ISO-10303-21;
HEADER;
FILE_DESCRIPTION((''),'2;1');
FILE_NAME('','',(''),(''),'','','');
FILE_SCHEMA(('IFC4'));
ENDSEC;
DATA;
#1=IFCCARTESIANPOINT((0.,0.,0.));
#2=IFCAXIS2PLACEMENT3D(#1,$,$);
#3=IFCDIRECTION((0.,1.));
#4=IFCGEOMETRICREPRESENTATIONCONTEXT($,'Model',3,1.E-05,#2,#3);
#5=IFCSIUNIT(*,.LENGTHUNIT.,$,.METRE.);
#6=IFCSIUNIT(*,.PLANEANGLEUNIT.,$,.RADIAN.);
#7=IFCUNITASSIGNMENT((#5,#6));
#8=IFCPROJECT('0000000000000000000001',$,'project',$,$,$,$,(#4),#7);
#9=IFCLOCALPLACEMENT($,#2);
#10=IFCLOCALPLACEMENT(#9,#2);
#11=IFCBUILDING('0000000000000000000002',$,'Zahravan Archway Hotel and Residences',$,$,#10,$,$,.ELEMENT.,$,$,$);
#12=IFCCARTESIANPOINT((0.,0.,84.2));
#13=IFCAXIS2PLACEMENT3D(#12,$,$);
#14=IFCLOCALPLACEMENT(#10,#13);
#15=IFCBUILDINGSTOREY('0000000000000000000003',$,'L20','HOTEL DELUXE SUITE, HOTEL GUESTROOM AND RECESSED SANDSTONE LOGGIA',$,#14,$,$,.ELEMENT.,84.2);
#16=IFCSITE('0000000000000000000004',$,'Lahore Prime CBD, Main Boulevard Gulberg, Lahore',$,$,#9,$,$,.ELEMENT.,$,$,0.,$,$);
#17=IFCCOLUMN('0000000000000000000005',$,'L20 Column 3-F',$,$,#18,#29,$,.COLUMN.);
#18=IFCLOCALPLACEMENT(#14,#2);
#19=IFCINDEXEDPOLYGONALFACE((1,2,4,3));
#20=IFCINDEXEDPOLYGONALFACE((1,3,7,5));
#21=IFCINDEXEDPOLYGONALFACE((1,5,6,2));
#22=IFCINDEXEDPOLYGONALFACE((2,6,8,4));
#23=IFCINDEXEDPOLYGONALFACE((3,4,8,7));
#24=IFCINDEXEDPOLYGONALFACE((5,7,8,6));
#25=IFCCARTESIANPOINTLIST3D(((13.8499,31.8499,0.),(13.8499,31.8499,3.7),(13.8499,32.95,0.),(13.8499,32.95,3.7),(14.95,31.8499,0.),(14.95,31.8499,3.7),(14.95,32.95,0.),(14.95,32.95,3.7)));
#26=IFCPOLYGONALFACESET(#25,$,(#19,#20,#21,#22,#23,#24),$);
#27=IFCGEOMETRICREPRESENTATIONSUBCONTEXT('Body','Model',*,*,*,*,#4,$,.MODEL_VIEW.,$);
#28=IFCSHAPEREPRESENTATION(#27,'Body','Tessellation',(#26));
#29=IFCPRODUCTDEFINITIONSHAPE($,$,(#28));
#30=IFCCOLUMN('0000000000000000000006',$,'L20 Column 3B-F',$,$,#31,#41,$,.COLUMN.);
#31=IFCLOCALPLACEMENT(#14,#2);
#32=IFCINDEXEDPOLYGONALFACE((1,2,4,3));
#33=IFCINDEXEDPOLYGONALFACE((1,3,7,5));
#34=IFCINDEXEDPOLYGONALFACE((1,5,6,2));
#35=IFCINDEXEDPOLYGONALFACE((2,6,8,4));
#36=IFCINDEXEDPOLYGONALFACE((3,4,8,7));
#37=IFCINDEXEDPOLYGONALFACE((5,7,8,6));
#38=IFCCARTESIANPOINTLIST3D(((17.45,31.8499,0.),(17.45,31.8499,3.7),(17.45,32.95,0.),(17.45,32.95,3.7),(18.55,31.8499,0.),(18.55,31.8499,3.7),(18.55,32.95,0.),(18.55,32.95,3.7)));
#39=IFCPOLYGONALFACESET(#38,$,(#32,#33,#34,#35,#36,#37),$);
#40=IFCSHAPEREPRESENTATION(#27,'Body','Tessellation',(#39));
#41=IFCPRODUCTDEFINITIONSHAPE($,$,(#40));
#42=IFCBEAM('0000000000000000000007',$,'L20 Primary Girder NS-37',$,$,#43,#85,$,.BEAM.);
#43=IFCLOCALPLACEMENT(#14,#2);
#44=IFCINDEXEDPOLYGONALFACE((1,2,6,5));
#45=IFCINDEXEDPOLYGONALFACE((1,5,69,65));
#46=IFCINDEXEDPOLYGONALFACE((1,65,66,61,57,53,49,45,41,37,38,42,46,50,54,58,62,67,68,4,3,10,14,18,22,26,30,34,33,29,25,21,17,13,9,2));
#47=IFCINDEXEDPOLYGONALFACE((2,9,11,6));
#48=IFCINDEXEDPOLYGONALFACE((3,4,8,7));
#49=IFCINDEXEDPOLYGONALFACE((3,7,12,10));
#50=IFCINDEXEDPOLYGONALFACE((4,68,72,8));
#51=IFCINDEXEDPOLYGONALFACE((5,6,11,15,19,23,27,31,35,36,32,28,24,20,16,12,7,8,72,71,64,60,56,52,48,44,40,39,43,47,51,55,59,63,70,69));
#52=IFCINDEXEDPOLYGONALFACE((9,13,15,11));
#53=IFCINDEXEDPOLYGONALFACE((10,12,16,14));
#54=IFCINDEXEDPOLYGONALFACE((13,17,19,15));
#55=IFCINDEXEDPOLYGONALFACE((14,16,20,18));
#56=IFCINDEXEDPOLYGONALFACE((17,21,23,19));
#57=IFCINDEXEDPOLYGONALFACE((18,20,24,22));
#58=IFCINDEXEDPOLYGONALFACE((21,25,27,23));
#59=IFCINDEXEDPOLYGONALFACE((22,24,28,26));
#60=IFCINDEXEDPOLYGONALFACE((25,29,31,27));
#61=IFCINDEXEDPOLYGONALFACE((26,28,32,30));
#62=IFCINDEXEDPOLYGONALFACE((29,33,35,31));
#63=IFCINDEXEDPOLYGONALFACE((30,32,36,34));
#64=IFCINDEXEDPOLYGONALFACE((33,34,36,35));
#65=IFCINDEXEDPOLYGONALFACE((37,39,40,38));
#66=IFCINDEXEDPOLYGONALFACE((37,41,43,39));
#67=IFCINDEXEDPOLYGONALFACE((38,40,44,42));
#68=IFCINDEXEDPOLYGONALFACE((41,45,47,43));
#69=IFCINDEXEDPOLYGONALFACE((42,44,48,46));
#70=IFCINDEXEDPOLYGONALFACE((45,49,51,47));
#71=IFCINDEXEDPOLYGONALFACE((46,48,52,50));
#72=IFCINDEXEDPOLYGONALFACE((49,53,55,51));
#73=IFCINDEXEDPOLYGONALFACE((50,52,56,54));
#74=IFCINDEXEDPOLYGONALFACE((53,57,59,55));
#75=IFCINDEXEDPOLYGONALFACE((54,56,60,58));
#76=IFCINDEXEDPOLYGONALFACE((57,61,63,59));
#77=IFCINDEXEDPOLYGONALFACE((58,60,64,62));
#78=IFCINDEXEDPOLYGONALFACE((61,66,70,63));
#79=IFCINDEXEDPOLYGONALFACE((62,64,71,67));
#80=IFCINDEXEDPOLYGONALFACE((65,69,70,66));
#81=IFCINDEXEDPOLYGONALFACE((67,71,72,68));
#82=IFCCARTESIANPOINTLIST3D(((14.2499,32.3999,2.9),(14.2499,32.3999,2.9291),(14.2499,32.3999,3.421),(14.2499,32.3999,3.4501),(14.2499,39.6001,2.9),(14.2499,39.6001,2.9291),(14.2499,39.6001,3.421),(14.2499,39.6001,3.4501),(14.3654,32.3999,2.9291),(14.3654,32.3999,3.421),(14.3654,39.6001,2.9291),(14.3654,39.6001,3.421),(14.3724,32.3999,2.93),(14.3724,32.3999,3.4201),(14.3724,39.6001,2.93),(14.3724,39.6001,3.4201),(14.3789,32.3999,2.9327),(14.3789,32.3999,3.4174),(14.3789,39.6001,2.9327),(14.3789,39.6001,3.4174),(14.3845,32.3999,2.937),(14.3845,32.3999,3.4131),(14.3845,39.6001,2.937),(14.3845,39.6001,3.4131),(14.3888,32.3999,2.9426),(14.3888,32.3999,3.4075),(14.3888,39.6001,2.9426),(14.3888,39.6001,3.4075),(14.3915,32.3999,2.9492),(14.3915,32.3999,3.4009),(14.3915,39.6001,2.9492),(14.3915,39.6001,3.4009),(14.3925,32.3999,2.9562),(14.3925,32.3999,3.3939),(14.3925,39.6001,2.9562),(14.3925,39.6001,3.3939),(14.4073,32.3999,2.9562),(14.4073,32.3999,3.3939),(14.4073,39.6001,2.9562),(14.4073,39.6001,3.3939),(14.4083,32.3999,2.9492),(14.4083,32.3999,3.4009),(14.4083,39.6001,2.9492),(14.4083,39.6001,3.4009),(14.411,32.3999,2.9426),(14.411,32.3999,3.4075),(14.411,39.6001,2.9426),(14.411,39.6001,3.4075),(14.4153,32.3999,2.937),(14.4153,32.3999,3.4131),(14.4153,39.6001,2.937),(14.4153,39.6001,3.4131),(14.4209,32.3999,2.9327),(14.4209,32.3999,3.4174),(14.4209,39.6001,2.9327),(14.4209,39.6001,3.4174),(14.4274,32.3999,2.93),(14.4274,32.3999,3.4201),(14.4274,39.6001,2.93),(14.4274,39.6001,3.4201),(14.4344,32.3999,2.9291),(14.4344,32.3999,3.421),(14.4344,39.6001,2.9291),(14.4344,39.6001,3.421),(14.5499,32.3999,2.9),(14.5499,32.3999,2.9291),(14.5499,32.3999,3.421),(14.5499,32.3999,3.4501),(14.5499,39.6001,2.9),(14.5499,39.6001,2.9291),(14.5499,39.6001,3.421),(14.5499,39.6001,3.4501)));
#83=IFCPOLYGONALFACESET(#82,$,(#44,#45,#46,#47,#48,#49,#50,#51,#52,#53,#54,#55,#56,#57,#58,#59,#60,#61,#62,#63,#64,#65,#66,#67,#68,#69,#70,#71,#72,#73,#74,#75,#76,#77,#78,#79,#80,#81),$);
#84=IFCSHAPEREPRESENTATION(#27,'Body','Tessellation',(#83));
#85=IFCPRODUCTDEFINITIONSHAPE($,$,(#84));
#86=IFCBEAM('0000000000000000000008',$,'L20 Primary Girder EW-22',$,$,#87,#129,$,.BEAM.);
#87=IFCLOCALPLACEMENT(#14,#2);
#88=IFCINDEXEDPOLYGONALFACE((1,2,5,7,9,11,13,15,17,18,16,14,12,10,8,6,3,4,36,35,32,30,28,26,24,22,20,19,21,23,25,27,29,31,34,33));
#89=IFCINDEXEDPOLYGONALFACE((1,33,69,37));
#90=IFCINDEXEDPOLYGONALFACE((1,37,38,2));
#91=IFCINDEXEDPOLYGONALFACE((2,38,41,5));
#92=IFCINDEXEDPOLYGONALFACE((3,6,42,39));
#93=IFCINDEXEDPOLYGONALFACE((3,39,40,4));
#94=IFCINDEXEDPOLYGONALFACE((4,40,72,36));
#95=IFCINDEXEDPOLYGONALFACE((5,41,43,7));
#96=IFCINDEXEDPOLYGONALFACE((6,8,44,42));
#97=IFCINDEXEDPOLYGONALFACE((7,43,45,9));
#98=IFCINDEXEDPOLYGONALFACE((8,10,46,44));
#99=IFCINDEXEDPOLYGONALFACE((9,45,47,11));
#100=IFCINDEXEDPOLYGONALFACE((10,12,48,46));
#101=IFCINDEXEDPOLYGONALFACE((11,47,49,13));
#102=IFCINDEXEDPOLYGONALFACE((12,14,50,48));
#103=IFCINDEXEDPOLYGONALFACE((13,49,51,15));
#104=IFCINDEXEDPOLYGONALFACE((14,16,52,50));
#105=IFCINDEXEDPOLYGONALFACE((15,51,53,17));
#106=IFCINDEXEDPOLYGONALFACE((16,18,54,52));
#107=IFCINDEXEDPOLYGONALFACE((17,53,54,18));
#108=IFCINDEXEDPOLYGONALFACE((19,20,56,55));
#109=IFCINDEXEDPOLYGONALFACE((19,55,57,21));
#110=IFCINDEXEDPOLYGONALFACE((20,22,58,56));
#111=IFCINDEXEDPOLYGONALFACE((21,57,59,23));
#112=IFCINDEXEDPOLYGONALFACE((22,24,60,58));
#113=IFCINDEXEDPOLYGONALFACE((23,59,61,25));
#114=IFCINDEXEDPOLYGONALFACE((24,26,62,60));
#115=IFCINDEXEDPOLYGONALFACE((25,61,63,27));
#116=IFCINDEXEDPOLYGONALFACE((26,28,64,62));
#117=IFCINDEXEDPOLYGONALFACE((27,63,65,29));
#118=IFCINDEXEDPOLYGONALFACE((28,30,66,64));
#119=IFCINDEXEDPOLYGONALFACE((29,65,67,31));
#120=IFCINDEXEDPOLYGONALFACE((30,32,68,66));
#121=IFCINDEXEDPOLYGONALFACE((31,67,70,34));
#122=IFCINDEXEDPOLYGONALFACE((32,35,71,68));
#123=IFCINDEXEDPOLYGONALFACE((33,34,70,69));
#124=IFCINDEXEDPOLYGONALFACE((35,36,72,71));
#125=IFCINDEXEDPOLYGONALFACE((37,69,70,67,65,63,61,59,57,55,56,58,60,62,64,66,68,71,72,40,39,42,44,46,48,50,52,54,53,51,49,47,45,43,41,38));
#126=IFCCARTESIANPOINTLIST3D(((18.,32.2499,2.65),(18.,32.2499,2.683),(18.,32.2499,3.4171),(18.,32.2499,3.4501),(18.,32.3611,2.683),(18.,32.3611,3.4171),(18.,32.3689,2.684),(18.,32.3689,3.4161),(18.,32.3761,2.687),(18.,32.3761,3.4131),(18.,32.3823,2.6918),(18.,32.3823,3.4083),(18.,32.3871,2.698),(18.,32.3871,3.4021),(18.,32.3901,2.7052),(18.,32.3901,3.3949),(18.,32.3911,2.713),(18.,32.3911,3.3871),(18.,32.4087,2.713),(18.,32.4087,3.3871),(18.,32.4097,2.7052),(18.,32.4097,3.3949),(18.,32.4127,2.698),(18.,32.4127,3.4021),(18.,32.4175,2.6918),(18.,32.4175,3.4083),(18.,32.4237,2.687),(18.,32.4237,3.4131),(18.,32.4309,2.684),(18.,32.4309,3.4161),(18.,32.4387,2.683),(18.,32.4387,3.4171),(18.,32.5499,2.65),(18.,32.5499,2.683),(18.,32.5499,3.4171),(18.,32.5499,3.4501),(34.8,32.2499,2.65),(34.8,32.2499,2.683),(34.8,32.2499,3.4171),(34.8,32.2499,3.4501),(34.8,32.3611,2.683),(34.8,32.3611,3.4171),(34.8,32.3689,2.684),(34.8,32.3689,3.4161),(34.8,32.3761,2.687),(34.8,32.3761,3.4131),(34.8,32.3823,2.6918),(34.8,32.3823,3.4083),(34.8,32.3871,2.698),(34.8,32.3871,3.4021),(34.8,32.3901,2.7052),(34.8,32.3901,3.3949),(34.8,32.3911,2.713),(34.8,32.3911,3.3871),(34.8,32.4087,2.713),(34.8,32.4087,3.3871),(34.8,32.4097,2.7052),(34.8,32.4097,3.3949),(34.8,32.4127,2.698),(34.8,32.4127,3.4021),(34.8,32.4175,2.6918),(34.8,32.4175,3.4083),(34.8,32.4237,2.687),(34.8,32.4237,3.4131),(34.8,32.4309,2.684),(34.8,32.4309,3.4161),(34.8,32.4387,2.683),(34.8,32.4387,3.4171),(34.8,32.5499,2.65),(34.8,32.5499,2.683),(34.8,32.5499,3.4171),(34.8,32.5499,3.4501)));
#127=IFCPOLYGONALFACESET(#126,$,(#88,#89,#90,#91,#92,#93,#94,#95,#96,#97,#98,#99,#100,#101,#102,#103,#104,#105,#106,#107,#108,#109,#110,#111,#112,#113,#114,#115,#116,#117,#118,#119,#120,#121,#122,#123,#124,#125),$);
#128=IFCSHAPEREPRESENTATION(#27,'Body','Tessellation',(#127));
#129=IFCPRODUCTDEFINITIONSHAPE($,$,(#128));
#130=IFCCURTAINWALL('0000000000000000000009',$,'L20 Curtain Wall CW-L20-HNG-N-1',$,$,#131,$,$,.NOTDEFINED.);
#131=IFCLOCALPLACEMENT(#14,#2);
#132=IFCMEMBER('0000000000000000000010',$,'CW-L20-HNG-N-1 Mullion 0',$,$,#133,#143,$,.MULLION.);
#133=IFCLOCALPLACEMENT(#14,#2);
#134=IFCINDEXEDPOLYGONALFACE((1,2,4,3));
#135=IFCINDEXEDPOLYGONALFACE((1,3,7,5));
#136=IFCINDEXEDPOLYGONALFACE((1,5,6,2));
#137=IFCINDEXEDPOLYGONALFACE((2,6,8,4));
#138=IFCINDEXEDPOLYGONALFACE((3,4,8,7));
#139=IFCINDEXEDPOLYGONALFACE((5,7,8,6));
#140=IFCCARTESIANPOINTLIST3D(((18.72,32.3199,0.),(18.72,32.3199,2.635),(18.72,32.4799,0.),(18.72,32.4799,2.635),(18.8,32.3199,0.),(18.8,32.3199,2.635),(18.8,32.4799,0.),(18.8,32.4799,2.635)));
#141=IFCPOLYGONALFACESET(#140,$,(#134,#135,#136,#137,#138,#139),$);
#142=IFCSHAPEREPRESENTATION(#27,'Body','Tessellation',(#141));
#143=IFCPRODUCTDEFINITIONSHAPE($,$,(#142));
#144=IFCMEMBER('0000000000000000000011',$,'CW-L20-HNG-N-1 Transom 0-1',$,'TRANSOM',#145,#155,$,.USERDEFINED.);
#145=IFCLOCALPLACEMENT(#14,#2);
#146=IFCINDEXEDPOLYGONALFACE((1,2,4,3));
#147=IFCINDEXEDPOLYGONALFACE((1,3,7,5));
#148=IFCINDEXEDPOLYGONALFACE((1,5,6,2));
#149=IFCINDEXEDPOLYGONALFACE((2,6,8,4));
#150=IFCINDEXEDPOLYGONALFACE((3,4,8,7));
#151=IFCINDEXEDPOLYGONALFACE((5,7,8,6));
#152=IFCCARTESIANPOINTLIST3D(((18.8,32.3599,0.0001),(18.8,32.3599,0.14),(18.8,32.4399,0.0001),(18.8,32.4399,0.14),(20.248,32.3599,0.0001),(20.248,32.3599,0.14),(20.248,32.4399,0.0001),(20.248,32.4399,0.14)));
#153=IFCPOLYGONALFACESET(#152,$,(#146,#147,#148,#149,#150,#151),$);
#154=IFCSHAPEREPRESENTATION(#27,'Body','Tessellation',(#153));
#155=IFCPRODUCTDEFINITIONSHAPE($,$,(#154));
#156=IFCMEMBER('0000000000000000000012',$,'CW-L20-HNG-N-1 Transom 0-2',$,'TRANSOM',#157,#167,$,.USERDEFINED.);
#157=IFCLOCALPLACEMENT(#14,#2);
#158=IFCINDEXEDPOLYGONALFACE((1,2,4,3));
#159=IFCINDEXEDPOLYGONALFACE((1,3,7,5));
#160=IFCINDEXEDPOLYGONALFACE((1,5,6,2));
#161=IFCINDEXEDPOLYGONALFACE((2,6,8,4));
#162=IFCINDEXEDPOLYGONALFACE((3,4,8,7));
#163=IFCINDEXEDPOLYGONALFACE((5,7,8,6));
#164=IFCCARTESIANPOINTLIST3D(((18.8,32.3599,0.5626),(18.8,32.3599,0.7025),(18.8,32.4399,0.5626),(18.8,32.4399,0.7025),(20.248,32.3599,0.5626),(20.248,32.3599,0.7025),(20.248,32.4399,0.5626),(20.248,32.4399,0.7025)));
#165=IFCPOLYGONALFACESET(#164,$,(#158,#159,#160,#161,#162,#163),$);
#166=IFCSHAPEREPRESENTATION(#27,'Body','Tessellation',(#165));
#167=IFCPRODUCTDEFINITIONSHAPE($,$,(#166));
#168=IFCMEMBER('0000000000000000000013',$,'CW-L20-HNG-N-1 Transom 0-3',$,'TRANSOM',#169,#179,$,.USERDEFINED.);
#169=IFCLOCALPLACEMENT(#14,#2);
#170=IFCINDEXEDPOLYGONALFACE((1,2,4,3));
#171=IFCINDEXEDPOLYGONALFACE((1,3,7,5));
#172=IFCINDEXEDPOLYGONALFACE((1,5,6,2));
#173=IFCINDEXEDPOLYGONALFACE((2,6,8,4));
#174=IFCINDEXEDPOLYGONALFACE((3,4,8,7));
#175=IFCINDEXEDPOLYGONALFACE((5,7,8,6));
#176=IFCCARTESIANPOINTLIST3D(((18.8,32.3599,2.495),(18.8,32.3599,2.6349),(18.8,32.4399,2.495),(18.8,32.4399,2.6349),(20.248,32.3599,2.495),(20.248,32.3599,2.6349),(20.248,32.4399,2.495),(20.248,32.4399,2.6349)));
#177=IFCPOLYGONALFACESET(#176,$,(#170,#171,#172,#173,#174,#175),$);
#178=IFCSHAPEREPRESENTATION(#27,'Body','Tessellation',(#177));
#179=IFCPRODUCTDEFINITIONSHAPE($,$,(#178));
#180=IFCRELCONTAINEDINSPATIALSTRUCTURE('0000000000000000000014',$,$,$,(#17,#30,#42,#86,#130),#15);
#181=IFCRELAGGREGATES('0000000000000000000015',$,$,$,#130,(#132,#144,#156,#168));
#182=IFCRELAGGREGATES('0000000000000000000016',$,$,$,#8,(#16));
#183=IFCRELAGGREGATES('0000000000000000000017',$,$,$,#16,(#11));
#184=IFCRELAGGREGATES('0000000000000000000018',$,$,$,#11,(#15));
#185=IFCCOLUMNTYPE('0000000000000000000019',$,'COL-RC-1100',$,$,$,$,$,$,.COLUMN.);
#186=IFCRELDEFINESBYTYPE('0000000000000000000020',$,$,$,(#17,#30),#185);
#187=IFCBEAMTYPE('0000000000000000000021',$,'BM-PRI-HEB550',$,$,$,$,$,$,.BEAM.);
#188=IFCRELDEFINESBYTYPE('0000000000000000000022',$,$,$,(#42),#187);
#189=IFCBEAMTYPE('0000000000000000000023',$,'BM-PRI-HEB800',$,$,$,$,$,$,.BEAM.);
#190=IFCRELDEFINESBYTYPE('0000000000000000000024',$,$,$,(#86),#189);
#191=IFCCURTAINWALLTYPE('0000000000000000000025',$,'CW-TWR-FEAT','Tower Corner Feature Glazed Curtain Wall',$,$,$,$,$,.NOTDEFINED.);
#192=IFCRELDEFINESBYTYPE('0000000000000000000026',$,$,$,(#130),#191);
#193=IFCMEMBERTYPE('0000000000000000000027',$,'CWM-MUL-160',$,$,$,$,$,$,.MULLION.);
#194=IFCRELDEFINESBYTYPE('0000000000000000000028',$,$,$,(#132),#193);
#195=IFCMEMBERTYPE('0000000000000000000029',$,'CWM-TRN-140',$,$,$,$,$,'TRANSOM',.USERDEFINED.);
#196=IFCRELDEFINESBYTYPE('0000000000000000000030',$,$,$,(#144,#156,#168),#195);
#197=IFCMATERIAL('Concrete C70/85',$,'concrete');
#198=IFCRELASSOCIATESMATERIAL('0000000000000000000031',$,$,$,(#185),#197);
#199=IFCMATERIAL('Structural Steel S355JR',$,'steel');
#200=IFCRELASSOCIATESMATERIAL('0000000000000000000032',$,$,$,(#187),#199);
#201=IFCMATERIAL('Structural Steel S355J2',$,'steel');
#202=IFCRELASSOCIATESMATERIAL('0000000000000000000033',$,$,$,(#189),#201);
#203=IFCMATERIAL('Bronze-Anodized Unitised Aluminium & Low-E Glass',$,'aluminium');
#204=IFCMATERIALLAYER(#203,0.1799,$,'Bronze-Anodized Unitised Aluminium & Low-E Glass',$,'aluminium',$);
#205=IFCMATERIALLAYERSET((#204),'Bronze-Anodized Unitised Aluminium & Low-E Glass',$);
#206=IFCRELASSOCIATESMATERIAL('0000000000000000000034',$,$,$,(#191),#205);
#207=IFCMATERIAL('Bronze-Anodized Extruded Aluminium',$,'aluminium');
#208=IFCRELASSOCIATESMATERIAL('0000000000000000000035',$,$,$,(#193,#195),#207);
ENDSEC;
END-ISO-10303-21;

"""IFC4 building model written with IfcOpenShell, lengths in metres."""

from ifc_helpers import new_model, si_unit, direction, frame, origin, origin_2d, place, context, subcontext, project, spatial, rectangle, i_section, extrude, source, transform, mapped, material, layer, layer_set, material_profile, profile_set, type_object, type_shapes, element, aggregate, save


model = new_model("IFC4")

# Units and contexts
model_context = context("Model", 3, precision=1e-05, world=origin(), true_north=direction((0.0, 1.0)))
body_context = subcontext(model_context, "Body", "Model", "MODEL_VIEW")
ifc_project = project(units=[si_unit("LENGTHUNIT", "METRE"), si_unit("PLANEANGLEUNIT", "RADIAN")], contexts=[model_context])

# Site, building, storey
site_placement = place(None, origin())
site = spatial("IfcSite", under=ifc_project, at=site_placement, Name="Lahore Prime CBD, Main Boulevard Gulberg, Lahore", CompositionType="ELEMENT", RefElevation=0.0)
building_placement = place(site_placement, origin())
building = spatial("IfcBuilding", under=site, at=building_placement, Name="Zahravan Archway Hotel and Residences", CompositionType="ELEMENT")
storey_placement = place(building_placement, frame((0.0, 0.0, 84.2)))
storey = spatial("IfcBuildingStorey", under=building, at=storey_placement, Name="L20", Description="HOTEL DELUXE SUITE, HOTEL GUESTROOM AND RECESSED SANDSTONE LOGGIA", CompositionType="ELEMENT", Elevation=84.2)

# Columns
ifc_material_1 = material(Name="Concrete C70/85", Category="concrete")
ifc_material_profile_1 = material_profile(ifc_material_1, rectangle(XDim=1.1001, YDim=1.1001, at=origin_2d()), Name="RC 1100x1100", Category="concrete")
ifc_profile_set_1 = profile_set([ifc_material_profile_1], Name="Concrete C70/85")
column_type = type_object("IfcColumnType", Name="COL-RC-1100", PredefinedType="COLUMN", material=ifc_profile_set_1)
shared_shape_1 = source(origin(), body_context, "Body", "SweptSolid", [
    extrude(rectangle(XDim=1.1001, YDim=1.1001, at=origin_2d()), origin(), (0.0, 0.0, 1.0), 3.7),
])
for number, where, z_axis, x_axis, name in (
    (1, (14.3999, 32.3999, 0.0), (0.0, 0.0, 1.0), (1.0, 0.0, 0.0), "L20 Column 3-F"),
    (2, (18.0, 32.3999, 0.0), (0.0, 0.0, 1.0), (1.0, 0.0, 0.0), "L20 Column 3B-F"),
):
    element("IfcColumn", number, at=place(storey_placement, frame(where, z_axis=z_axis, x_axis=x_axis)), inside=storey, type_object=column_type, Name=name, PredefinedType="COLUMN", context=body_context, shape_type="MappedRepresentation", body=[
        mapped(shared_shape_1, transform((0.0, 0.0, 0.0), scale=1.0)),
    ])

# Beams
ifc_material_2 = material(Name="Structural Steel S355JR", Category="steel")
ifc_material_profile_2 = material_profile(ifc_material_2, i_section(OverallWidth=0.3, OverallDepth=0.55, WebThickness=0.0149, FlangeThickness=0.0291, FilletRadius=0.0271, at=origin_2d()), Name="HEB 550", Category="steel")
ifc_profile_set_2 = profile_set([ifc_material_profile_2], Name="Structural Steel S355JR")
beam_type_1 = type_object("IfcBeamType", Name="BM-PRI-HEB550", PredefinedType="BEAM", material=ifc_profile_set_2)
shared_shape_2 = source(origin(), body_context, "Body", "SweptSolid", [
    extrude(i_section(OverallWidth=0.3, OverallDepth=0.55, WebThickness=0.0149, FlangeThickness=0.0291, FilletRadius=0.0271, at=origin_2d()), origin(), (0.0, 0.0, 1.0), 7.2002),
])
type_shapes(beam_type_1, [shared_shape_2])
beam_1_placement = place(storey_placement, frame((14.3999, 32.3999, 3.175), z_axis=(0.0, 1.0, 0.0), x_axis=(-1.0, 0.0, 0.0)))
element("IfcBeam", 3, at=beam_1_placement, inside=storey, type_object=beam_type_1, Name="L20 Primary Girder NS-37", PredefinedType="BEAM", context=body_context, shape_type="MappedRepresentation", body=[
    mapped(shared_shape_2, transform((0.0, 0.0, 0.0), scale=1.0)),
])
ifc_material_3 = material(Name="Structural Steel S355J2", Category="steel")
ifc_material_profile_3 = material_profile(ifc_material_3, i_section(OverallWidth=0.3, OverallDepth=0.8, WebThickness=0.0176, FlangeThickness=0.033, FilletRadius=0.03, at=origin_2d()), Name="HEB 800", Category="steel")
ifc_profile_set_3 = profile_set([ifc_material_profile_3], Name="Structural Steel S355J2")
beam_type_2 = type_object("IfcBeamType", Name="BM-PRI-HEB800", PredefinedType="BEAM", material=ifc_profile_set_3)
shared_shape_3 = source(origin(), body_context, "Body", "SweptSolid", [
    extrude(i_section(OverallWidth=0.3, OverallDepth=0.8, WebThickness=0.0176, FlangeThickness=0.033, FilletRadius=0.03, at=origin_2d()), origin(), (0.0, 0.0, 1.0), 16.8),
])
type_shapes(beam_type_2, [shared_shape_3])
beam_2_placement = place(storey_placement, frame((18.0, 32.3999, 3.05), z_axis=(1.0, 0.0, 0.0), x_axis=(0.0, 1.0, 0.0)))
element("IfcBeam", 4, at=beam_2_placement, inside=storey, type_object=beam_type_2, Name="L20 Primary Girder EW-22", PredefinedType="BEAM", context=body_context, shape_type="MappedRepresentation", body=[
    mapped(shared_shape_3, transform((0.0, 0.0, 0.0), scale=1.0)),
])

# Curtain wall, members
ifc_material_4 = material(Name="Bronze-Anodized Unitised Aluminium & Low-E Glass", Category="aluminium")
ifc_layer_1 = layer(ifc_material_4, 0.1799, Name="Bronze-Anodized Unitised Aluminium & Low-E Glass", Category="aluminium")
ifc_layer_set_1 = layer_set([ifc_layer_1], Name="Bronze-Anodized Unitised Aluminium & Low-E Glass")
curtain_wall_type_1 = type_object("IfcCurtainWallType", Name="CW-TWR-FEAT", Description="Tower Corner Feature Glazed Curtain Wall", PredefinedType="NOTDEFINED", material=ifc_layer_set_1)
curtain_wall_1_placement = place(storey_placement, origin())
curtain_wall_1 = element("IfcCurtainWall", 5, at=curtain_wall_1_placement, inside=storey, type_object=curtain_wall_type_1, Name="L20 Curtain Wall CW-L20-HNG-N-1", PredefinedType="NOTDEFINED")
ifc_material_5 = material(Name="Bronze-Anodized Extruded Aluminium", Category="aluminium")
ifc_material_profile_4 = material_profile(ifc_material_5, rectangle(XDim=0.0801, YDim=0.1599, at=origin_2d()), Name="MUL 80x160", Category="aluminium")
ifc_profile_set_4 = profile_set([ifc_material_profile_4], Name="Bronze-Anodized Extruded Aluminium")
member_type_1 = type_object("IfcMemberType", Name="CWM-MUL-160", PredefinedType="MULLION", material=ifc_profile_set_4)
shared_shape_4 = source(origin(), body_context, "Body", "SweptSolid", [
    extrude(rectangle(XDim=0.0801, YDim=0.1599, at=origin_2d()), origin(), (0.0, 0.0, 1.0), 2.635),
])
member_1_placement = place(storey_placement, frame((18.76, 32.3999, 0.0), z_axis=(0.0, 0.0, 1.0), x_axis=(1.0, 0.0, 0.0)))
member_1 = element("IfcMember", 6, at=member_1_placement, type_object=member_type_1, Name="CW-L20-HNG-N-1 Mullion 0", PredefinedType="MULLION", context=body_context, shape_type="MappedRepresentation", body=[
    mapped(shared_shape_4, transform((0.0, 0.0, 0.0), scale=1.0)),
])
ifc_material_profile_5 = material_profile(ifc_material_5, rectangle(XDim=0.0801, YDim=0.1399, at=origin_2d()), Name="TRN 80x140", Category="aluminium")
ifc_profile_set_5 = profile_set([ifc_material_profile_5], Name="Bronze-Anodized Extruded Aluminium")
member_type_2 = type_object("IfcMemberType", Name="CWM-TRN-140", ElementType="TRANSOM", PredefinedType="USERDEFINED", material=ifc_profile_set_5)
shared_shape_5 = source(origin(), body_context, "Body", "SweptSolid", [
    extrude(rectangle(XDim=0.0801, YDim=0.1399, at=origin_2d()), origin(), (0.0, 0.0, 1.0), 1.448),
])
member_2_placement = place(storey_placement, frame((18.8, 32.3999, 0.0701), z_axis=(1.0, 0.0, 0.0), x_axis=(0.0, 1.0, 0.0)))
member_2 = element("IfcMember", 7, at=member_2_placement, type_object=member_type_2, Name="CW-L20-HNG-N-1 Transom 0-1", ObjectType="TRANSOM", PredefinedType="USERDEFINED", context=body_context, shape_type="MappedRepresentation", body=[
    mapped(shared_shape_5, transform((0.0, 0.0, 0.0), scale=1.0)),
])
member_3_placement = place(storey_placement, frame((18.8, 32.3999, 0.6326), z_axis=(1.0, 0.0, 0.0), x_axis=(0.0, 1.0, 0.0)))
member_3 = element("IfcMember", 8, at=member_3_placement, type_object=member_type_2, Name="CW-L20-HNG-N-1 Transom 0-2", ObjectType="TRANSOM", PredefinedType="USERDEFINED", context=body_context, shape_type="MappedRepresentation", body=[
    mapped(shared_shape_5, transform((0.0, 0.0, 0.0), scale=1.0)),
])
member_4_placement = place(storey_placement, frame((18.8, 32.3999, 2.5649), z_axis=(1.0, 0.0, 0.0), x_axis=(0.0, 1.0, 0.0)))
member_4 = element("IfcMember", 9, at=member_4_placement, type_object=member_type_2, Name="CW-L20-HNG-N-1 Transom 0-3", ObjectType="TRANSOM", PredefinedType="USERDEFINED", context=body_context, shape_type="MappedRepresentation", body=[
    mapped(shared_shape_5, transform((0.0, 0.0, 0.0), scale=1.0)),
])
aggregate(curtain_wall_1, [member_1, member_2, member_3, member_4])

save(model, "model.ifc")
